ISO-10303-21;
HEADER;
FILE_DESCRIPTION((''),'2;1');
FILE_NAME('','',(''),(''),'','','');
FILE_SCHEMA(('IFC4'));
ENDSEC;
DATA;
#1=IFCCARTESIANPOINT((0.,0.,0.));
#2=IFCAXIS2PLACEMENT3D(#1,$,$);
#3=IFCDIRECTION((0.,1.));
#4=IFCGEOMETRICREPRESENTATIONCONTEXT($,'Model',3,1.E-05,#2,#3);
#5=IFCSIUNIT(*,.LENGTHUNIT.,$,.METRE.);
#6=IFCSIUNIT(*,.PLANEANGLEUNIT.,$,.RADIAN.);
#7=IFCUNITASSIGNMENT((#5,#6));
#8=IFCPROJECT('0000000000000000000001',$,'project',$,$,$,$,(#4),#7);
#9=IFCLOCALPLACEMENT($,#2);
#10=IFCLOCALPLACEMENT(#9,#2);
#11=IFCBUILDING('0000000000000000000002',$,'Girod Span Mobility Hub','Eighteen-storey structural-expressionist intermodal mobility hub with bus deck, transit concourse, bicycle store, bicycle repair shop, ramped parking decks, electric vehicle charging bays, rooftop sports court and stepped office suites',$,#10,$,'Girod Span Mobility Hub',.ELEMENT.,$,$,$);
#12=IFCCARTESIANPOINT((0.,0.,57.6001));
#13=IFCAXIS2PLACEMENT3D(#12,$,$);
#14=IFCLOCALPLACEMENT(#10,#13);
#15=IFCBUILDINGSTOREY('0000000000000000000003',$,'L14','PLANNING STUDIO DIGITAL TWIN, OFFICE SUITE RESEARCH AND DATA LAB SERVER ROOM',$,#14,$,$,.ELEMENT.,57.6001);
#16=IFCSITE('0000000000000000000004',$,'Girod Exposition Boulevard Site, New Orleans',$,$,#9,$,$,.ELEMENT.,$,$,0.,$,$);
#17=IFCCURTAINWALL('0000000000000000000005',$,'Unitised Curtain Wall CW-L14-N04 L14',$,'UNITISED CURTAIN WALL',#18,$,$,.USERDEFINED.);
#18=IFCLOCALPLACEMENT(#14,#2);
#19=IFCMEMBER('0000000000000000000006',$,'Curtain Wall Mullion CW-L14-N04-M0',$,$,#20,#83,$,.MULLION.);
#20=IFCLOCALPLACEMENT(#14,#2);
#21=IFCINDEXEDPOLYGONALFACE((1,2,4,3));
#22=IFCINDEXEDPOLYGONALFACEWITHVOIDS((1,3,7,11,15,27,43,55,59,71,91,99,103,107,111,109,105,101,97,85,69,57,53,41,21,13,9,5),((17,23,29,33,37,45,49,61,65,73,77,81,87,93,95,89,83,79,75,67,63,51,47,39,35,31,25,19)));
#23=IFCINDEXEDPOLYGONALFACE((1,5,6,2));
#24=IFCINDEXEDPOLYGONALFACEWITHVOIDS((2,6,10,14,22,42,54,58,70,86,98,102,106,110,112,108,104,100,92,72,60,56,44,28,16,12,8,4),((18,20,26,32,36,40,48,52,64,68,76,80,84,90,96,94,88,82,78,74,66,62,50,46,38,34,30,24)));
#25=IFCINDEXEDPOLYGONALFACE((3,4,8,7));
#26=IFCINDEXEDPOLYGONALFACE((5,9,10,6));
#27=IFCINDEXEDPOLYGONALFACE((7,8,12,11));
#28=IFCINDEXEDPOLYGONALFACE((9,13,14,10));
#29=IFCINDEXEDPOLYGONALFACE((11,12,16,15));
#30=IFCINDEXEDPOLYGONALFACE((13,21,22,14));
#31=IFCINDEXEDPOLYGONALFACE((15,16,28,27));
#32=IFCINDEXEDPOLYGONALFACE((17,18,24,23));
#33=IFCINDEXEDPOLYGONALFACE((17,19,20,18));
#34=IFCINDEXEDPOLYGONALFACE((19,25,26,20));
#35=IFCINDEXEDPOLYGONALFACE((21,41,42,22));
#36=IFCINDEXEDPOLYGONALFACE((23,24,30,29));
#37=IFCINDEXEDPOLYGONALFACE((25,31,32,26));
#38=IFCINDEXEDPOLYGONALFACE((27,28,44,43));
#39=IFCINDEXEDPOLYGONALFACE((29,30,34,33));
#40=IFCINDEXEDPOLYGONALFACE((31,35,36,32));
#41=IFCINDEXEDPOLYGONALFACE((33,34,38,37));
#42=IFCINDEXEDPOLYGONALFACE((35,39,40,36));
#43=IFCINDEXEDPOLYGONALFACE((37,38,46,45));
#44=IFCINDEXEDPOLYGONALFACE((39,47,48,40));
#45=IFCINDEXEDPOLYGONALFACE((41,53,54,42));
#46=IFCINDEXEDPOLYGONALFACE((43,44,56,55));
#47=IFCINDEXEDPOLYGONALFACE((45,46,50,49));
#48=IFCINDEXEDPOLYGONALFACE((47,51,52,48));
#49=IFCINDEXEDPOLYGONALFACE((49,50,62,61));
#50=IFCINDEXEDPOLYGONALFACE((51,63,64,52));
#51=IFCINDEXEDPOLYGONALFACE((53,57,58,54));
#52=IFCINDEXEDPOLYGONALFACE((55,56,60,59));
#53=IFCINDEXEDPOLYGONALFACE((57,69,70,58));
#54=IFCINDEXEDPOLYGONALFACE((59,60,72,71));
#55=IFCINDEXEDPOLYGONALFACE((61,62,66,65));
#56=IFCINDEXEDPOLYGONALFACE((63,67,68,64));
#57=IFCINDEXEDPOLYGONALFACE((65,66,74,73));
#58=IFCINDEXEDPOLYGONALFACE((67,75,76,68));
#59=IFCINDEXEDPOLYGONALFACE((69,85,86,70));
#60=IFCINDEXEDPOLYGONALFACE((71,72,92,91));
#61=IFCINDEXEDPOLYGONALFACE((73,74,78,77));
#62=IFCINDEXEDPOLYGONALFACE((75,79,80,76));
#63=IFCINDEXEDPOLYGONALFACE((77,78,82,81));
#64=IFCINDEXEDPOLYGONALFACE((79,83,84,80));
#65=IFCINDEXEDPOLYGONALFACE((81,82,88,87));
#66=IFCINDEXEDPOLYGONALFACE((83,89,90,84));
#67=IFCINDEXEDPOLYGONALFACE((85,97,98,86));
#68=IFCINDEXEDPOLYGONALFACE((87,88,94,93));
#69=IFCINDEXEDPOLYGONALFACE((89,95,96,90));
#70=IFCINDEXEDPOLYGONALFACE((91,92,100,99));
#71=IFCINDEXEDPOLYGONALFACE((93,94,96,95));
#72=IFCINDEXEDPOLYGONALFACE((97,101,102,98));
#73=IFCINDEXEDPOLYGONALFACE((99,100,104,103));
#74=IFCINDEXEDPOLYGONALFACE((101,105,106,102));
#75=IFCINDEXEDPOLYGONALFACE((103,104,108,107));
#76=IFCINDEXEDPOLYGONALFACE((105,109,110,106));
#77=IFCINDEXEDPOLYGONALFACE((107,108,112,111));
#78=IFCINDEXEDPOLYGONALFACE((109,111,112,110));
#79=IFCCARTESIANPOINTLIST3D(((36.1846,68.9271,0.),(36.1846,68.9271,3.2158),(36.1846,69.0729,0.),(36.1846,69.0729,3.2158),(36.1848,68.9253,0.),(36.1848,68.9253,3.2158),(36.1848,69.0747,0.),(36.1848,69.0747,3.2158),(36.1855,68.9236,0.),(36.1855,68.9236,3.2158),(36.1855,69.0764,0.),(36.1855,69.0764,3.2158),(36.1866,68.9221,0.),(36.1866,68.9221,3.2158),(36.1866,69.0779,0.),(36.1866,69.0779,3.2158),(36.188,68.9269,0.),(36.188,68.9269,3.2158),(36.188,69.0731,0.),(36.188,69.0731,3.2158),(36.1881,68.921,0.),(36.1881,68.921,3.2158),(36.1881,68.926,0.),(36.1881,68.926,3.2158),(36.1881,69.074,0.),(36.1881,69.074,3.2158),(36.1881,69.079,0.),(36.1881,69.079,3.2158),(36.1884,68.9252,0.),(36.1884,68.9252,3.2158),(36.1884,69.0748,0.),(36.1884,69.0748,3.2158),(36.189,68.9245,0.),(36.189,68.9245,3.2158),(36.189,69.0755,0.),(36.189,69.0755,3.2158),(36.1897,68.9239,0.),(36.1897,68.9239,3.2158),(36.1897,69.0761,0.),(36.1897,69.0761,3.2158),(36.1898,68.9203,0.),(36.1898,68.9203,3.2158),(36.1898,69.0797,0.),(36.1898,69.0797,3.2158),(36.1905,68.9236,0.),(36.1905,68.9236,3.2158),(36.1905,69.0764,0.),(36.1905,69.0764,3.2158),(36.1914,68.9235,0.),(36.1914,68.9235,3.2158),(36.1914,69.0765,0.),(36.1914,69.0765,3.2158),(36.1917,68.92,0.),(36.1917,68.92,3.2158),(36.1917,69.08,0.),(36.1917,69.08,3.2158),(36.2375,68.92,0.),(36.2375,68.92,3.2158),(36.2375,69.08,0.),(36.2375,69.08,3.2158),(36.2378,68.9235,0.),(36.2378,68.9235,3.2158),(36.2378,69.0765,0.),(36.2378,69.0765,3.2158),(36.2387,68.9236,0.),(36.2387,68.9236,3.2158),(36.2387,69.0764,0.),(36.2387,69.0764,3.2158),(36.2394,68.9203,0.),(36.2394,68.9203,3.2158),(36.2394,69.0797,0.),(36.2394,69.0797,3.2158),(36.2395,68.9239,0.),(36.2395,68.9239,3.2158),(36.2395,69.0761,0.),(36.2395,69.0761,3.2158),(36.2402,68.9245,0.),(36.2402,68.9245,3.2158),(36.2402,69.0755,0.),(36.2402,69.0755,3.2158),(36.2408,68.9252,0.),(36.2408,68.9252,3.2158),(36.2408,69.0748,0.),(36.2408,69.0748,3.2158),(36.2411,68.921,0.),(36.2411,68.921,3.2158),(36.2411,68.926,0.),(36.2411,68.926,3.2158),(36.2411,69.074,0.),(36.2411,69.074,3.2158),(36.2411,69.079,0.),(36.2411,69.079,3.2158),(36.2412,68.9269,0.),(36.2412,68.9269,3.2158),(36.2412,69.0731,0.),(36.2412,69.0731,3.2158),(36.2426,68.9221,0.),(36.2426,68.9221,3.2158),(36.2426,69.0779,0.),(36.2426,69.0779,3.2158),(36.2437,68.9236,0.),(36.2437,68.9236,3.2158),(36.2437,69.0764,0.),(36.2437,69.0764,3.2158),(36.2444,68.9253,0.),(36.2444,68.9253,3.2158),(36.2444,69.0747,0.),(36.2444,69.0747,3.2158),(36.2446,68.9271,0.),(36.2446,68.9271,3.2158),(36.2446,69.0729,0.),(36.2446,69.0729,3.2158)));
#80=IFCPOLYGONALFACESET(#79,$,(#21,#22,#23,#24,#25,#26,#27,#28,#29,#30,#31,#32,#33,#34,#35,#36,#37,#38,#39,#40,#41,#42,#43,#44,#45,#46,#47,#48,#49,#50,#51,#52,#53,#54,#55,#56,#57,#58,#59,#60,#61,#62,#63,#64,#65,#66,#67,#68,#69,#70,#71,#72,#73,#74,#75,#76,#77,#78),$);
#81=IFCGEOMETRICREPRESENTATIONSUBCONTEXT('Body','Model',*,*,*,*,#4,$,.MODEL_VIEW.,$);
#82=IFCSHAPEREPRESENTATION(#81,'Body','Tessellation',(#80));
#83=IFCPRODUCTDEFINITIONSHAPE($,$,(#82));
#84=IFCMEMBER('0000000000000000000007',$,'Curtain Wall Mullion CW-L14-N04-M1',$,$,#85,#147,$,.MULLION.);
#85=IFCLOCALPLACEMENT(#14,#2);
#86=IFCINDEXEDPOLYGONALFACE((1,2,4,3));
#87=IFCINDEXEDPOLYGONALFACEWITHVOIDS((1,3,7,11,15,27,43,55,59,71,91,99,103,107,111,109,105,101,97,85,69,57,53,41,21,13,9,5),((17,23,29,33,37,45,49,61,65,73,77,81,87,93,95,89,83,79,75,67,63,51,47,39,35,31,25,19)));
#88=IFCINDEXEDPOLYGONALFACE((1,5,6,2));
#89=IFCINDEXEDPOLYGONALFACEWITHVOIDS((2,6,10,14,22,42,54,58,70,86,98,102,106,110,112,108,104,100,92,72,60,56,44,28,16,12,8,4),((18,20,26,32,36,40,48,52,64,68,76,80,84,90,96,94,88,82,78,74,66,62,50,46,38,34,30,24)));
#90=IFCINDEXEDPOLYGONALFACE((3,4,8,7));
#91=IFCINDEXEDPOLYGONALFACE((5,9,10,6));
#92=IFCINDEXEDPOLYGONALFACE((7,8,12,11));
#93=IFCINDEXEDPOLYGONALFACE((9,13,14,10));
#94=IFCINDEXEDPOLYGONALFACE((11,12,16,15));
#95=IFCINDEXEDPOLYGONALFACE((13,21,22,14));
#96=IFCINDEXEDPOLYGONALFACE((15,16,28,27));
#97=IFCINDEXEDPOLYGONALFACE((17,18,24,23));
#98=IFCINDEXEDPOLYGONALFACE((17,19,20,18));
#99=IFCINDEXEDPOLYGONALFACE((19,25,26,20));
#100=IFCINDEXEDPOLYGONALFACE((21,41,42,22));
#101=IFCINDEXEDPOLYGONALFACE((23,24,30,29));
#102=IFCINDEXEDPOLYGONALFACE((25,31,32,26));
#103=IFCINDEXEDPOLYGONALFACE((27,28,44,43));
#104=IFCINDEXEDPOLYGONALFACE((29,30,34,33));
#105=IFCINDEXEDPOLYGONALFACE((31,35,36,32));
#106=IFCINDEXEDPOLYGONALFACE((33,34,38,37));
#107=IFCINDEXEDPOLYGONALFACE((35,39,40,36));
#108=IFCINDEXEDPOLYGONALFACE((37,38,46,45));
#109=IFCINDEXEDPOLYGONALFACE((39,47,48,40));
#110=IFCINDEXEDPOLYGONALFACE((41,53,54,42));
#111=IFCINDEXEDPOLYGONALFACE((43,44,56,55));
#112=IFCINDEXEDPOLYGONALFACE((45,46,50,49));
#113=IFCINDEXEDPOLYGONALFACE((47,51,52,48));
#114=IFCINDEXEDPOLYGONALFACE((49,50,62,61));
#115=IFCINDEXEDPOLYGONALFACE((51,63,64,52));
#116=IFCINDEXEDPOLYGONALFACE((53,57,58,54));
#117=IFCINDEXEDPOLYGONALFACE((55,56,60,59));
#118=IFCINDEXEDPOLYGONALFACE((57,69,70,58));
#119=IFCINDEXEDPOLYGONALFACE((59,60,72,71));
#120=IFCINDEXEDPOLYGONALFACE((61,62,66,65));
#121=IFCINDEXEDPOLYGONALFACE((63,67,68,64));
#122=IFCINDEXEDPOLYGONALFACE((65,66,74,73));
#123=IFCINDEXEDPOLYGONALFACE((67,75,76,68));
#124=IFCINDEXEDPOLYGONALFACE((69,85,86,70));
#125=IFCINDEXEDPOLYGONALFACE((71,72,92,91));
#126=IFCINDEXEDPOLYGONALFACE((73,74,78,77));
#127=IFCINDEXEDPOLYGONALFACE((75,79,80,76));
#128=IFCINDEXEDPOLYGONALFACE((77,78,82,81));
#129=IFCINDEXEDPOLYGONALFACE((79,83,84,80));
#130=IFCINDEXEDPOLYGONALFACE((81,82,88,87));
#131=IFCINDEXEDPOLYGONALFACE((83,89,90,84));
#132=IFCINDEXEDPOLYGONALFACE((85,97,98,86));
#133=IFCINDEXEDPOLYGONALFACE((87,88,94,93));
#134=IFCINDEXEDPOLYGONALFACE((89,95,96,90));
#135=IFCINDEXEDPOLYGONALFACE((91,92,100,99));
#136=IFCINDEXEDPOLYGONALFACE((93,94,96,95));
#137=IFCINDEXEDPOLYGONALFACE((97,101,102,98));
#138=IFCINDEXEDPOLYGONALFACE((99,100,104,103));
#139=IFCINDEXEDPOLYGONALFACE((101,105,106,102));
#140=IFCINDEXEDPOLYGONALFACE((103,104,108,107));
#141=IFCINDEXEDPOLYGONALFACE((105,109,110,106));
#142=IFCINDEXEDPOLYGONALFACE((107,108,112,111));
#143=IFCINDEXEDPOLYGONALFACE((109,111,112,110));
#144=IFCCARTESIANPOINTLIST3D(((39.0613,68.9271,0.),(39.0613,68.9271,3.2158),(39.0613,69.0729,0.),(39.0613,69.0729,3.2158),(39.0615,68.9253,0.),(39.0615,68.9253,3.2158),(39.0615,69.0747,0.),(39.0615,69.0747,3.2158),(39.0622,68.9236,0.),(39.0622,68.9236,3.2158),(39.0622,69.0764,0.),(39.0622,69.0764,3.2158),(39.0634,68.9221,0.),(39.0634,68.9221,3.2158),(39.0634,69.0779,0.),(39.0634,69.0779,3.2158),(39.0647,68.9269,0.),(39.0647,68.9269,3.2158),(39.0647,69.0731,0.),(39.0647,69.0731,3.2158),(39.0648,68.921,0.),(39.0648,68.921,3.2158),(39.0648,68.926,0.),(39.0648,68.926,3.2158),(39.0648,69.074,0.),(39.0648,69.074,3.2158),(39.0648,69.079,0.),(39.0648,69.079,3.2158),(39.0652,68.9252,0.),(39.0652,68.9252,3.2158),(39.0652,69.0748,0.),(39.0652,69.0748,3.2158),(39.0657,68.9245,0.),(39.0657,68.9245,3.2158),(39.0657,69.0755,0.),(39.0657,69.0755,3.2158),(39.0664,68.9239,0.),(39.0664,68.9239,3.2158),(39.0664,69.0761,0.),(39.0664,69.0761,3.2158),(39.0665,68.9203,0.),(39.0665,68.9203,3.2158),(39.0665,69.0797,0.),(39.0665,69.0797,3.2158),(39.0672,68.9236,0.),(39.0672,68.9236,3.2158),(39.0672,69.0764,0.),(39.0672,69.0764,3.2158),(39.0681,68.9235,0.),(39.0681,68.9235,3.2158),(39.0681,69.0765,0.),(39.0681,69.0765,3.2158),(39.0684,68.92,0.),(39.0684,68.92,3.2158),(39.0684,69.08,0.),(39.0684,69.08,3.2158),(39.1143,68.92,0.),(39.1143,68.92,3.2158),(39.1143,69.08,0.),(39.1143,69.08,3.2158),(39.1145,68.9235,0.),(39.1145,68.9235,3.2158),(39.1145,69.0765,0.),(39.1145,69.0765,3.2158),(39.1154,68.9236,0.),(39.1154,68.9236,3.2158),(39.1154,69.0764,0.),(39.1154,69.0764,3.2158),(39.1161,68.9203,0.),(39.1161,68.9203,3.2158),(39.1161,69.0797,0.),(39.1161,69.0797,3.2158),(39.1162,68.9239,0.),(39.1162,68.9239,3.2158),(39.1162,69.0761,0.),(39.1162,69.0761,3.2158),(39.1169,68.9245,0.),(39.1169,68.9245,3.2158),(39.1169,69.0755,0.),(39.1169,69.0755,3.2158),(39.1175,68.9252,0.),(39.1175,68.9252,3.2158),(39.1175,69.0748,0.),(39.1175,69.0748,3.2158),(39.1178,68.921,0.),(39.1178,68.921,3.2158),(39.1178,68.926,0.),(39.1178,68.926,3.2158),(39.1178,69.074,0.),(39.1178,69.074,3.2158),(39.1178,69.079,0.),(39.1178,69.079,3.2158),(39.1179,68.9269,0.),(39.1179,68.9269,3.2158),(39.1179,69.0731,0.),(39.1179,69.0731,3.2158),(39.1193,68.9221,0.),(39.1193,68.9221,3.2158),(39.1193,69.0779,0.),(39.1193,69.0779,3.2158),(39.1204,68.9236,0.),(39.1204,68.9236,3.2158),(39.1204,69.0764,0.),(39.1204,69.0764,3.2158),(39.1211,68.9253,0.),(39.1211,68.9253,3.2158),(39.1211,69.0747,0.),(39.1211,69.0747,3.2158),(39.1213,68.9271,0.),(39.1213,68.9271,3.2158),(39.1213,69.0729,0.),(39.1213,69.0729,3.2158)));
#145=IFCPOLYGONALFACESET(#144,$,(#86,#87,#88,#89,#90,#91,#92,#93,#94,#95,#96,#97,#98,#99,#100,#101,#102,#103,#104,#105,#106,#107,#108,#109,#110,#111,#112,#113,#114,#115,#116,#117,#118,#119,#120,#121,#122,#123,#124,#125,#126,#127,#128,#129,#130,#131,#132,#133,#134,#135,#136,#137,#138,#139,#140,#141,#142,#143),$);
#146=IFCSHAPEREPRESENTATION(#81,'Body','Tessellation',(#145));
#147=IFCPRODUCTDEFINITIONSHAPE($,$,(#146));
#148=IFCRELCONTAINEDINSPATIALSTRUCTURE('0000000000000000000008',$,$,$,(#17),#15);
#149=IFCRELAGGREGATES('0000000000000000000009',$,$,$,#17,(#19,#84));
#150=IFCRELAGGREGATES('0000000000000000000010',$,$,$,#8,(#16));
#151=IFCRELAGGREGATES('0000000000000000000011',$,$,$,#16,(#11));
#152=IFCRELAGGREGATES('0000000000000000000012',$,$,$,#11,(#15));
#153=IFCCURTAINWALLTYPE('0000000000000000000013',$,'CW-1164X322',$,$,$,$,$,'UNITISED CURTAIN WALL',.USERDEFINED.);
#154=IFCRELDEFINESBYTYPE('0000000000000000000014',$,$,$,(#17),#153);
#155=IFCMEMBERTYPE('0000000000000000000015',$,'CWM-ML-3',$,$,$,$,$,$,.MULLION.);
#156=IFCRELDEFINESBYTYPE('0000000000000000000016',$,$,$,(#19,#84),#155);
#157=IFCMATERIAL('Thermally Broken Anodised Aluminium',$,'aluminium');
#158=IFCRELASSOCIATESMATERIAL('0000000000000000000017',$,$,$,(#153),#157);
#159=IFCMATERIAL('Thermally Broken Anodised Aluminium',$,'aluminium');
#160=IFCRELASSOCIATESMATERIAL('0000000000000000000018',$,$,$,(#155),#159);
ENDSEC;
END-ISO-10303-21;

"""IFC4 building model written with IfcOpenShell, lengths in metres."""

from ifc_helpers import new_model, si_unit, direction, frame, origin, origin_2d, place, context, subcontext, project, spatial, hollow_rectangle, extrude, material, material_profile, profile_set, type_object, element, aggregate, save


model = new_model("IFC4")

# Units and contexts
model_context = context("Model", 3, precision=1e-05, world=origin(), true_north=direction((0.0, 1.0)))
body_context = subcontext(model_context, "Body", "Model", "MODEL_VIEW")
ifc_project = project(units=[si_unit("LENGTHUNIT", "METRE"), si_unit("PLANEANGLEUNIT", "RADIAN")], contexts=[model_context])

# Site, building, storey
site_placement = place(None, origin())
site = spatial("IfcSite", under=ifc_project, at=site_placement, Name="Girod Exposition Boulevard Site, New Orleans", CompositionType="ELEMENT", RefElevation=0.0)
building_placement = place(site_placement, origin())
building = spatial("IfcBuilding", under=site, at=building_placement, Name="Girod Span Mobility Hub", Description="Eighteen-storey structural-expressionist intermodal mobility hub with bus deck, transit concourse, bicycle store, bicycle repair shop, ramped parking decks, electric vehicle charging bays, rooftop sports court and stepped office suites", LongName="Girod Span Mobility Hub", CompositionType="ELEMENT")
storey_placement = place(building_placement, frame((0.0, 0.0, 57.6001)))
storey = spatial("IfcBuildingStorey", under=building, at=storey_placement, Name="L14", Description="PLANNING STUDIO DIGITAL TWIN, OFFICE SUITE RESEARCH AND DATA LAB SERVER ROOM", CompositionType="ELEMENT", Elevation=57.6001)

# Curtain wall, members
ifc_material_1 = material(Name="Thermally Broken Anodised Aluminium", Category="aluminium")
curtain_wall_type = type_object("IfcCurtainWallType", Name="CW-1164X322", ElementType="UNITISED CURTAIN WALL", PredefinedType="USERDEFINED", material=ifc_material_1)
curtain_wall_placement = place(storey_placement, origin())
curtain_wall = element("IfcCurtainWall", 1, at=curtain_wall_placement, inside=storey, type_object=curtain_wall_type, Name="Unitised Curtain Wall CW-L14-N04 L14", ObjectType="UNITISED CURTAIN WALL", PredefinedType="USERDEFINED")
ifc_material_2 = material(Name="Thermally Broken Anodised Aluminium", Category="aluminium")
ifc_material_profile_1 = material_profile(ifc_material_2, hollow_rectangle(XDim=0.1599, YDim=0.0601, WallThickness=0.0034, InnerFilletRadius=0.0034, OuterFilletRadius=0.0071, at=origin_2d()), Name="CW-ML-60X160")
ifc_profile_set_1 = profile_set([ifc_material_profile_1], Name="Thermally Broken Anodised Aluminium")
member_type_1 = type_object("IfcMemberType", Name="CWM-ML-3", PredefinedType="MULLION", material=ifc_profile_set_1)
member_1_placement = place(storey_placement, frame((36.2146, 69.0, 0.0), z_axis=(0.0, 0.0, 1.0), x_axis=(0.0, 1.0, 0.0)))
member_1 = element("IfcMember", 2, at=member_1_placement, type_object=member_type_1, Name="Curtain Wall Mullion CW-L14-N04-M0", PredefinedType="MULLION", context=body_context, shape_type="SweptSolid", body=[
    extrude(hollow_rectangle(XDim=0.1599, YDim=0.0601, WallThickness=0.0034, InnerFilletRadius=0.0034, OuterFilletRadius=0.0071, at=origin_2d()), origin(), (0.0, 0.0, 1.0), 3.2158),
])
member_2_placement = place(storey_placement, frame((39.0913, 69.0, 0.0), z_axis=(0.0, 0.0, 1.0), x_axis=(0.0, 1.0, 0.0)))
member_2 = element("IfcMember", 3, at=member_2_placement, type_object=member_type_1, Name="Curtain Wall Mullion CW-L14-N04-M1", PredefinedType="MULLION", context=body_context, shape_type="SweptSolid", body=[
    extrude(hollow_rectangle(XDim=0.1599, YDim=0.0601, WallThickness=0.0034, InnerFilletRadius=0.0034, OuterFilletRadius=0.0071, at=origin_2d()), origin(), (0.0, 0.0, 1.0), 3.2158),
])
aggregate(curtain_wall, [member_1, member_2])

save(model, "model.ifc")
